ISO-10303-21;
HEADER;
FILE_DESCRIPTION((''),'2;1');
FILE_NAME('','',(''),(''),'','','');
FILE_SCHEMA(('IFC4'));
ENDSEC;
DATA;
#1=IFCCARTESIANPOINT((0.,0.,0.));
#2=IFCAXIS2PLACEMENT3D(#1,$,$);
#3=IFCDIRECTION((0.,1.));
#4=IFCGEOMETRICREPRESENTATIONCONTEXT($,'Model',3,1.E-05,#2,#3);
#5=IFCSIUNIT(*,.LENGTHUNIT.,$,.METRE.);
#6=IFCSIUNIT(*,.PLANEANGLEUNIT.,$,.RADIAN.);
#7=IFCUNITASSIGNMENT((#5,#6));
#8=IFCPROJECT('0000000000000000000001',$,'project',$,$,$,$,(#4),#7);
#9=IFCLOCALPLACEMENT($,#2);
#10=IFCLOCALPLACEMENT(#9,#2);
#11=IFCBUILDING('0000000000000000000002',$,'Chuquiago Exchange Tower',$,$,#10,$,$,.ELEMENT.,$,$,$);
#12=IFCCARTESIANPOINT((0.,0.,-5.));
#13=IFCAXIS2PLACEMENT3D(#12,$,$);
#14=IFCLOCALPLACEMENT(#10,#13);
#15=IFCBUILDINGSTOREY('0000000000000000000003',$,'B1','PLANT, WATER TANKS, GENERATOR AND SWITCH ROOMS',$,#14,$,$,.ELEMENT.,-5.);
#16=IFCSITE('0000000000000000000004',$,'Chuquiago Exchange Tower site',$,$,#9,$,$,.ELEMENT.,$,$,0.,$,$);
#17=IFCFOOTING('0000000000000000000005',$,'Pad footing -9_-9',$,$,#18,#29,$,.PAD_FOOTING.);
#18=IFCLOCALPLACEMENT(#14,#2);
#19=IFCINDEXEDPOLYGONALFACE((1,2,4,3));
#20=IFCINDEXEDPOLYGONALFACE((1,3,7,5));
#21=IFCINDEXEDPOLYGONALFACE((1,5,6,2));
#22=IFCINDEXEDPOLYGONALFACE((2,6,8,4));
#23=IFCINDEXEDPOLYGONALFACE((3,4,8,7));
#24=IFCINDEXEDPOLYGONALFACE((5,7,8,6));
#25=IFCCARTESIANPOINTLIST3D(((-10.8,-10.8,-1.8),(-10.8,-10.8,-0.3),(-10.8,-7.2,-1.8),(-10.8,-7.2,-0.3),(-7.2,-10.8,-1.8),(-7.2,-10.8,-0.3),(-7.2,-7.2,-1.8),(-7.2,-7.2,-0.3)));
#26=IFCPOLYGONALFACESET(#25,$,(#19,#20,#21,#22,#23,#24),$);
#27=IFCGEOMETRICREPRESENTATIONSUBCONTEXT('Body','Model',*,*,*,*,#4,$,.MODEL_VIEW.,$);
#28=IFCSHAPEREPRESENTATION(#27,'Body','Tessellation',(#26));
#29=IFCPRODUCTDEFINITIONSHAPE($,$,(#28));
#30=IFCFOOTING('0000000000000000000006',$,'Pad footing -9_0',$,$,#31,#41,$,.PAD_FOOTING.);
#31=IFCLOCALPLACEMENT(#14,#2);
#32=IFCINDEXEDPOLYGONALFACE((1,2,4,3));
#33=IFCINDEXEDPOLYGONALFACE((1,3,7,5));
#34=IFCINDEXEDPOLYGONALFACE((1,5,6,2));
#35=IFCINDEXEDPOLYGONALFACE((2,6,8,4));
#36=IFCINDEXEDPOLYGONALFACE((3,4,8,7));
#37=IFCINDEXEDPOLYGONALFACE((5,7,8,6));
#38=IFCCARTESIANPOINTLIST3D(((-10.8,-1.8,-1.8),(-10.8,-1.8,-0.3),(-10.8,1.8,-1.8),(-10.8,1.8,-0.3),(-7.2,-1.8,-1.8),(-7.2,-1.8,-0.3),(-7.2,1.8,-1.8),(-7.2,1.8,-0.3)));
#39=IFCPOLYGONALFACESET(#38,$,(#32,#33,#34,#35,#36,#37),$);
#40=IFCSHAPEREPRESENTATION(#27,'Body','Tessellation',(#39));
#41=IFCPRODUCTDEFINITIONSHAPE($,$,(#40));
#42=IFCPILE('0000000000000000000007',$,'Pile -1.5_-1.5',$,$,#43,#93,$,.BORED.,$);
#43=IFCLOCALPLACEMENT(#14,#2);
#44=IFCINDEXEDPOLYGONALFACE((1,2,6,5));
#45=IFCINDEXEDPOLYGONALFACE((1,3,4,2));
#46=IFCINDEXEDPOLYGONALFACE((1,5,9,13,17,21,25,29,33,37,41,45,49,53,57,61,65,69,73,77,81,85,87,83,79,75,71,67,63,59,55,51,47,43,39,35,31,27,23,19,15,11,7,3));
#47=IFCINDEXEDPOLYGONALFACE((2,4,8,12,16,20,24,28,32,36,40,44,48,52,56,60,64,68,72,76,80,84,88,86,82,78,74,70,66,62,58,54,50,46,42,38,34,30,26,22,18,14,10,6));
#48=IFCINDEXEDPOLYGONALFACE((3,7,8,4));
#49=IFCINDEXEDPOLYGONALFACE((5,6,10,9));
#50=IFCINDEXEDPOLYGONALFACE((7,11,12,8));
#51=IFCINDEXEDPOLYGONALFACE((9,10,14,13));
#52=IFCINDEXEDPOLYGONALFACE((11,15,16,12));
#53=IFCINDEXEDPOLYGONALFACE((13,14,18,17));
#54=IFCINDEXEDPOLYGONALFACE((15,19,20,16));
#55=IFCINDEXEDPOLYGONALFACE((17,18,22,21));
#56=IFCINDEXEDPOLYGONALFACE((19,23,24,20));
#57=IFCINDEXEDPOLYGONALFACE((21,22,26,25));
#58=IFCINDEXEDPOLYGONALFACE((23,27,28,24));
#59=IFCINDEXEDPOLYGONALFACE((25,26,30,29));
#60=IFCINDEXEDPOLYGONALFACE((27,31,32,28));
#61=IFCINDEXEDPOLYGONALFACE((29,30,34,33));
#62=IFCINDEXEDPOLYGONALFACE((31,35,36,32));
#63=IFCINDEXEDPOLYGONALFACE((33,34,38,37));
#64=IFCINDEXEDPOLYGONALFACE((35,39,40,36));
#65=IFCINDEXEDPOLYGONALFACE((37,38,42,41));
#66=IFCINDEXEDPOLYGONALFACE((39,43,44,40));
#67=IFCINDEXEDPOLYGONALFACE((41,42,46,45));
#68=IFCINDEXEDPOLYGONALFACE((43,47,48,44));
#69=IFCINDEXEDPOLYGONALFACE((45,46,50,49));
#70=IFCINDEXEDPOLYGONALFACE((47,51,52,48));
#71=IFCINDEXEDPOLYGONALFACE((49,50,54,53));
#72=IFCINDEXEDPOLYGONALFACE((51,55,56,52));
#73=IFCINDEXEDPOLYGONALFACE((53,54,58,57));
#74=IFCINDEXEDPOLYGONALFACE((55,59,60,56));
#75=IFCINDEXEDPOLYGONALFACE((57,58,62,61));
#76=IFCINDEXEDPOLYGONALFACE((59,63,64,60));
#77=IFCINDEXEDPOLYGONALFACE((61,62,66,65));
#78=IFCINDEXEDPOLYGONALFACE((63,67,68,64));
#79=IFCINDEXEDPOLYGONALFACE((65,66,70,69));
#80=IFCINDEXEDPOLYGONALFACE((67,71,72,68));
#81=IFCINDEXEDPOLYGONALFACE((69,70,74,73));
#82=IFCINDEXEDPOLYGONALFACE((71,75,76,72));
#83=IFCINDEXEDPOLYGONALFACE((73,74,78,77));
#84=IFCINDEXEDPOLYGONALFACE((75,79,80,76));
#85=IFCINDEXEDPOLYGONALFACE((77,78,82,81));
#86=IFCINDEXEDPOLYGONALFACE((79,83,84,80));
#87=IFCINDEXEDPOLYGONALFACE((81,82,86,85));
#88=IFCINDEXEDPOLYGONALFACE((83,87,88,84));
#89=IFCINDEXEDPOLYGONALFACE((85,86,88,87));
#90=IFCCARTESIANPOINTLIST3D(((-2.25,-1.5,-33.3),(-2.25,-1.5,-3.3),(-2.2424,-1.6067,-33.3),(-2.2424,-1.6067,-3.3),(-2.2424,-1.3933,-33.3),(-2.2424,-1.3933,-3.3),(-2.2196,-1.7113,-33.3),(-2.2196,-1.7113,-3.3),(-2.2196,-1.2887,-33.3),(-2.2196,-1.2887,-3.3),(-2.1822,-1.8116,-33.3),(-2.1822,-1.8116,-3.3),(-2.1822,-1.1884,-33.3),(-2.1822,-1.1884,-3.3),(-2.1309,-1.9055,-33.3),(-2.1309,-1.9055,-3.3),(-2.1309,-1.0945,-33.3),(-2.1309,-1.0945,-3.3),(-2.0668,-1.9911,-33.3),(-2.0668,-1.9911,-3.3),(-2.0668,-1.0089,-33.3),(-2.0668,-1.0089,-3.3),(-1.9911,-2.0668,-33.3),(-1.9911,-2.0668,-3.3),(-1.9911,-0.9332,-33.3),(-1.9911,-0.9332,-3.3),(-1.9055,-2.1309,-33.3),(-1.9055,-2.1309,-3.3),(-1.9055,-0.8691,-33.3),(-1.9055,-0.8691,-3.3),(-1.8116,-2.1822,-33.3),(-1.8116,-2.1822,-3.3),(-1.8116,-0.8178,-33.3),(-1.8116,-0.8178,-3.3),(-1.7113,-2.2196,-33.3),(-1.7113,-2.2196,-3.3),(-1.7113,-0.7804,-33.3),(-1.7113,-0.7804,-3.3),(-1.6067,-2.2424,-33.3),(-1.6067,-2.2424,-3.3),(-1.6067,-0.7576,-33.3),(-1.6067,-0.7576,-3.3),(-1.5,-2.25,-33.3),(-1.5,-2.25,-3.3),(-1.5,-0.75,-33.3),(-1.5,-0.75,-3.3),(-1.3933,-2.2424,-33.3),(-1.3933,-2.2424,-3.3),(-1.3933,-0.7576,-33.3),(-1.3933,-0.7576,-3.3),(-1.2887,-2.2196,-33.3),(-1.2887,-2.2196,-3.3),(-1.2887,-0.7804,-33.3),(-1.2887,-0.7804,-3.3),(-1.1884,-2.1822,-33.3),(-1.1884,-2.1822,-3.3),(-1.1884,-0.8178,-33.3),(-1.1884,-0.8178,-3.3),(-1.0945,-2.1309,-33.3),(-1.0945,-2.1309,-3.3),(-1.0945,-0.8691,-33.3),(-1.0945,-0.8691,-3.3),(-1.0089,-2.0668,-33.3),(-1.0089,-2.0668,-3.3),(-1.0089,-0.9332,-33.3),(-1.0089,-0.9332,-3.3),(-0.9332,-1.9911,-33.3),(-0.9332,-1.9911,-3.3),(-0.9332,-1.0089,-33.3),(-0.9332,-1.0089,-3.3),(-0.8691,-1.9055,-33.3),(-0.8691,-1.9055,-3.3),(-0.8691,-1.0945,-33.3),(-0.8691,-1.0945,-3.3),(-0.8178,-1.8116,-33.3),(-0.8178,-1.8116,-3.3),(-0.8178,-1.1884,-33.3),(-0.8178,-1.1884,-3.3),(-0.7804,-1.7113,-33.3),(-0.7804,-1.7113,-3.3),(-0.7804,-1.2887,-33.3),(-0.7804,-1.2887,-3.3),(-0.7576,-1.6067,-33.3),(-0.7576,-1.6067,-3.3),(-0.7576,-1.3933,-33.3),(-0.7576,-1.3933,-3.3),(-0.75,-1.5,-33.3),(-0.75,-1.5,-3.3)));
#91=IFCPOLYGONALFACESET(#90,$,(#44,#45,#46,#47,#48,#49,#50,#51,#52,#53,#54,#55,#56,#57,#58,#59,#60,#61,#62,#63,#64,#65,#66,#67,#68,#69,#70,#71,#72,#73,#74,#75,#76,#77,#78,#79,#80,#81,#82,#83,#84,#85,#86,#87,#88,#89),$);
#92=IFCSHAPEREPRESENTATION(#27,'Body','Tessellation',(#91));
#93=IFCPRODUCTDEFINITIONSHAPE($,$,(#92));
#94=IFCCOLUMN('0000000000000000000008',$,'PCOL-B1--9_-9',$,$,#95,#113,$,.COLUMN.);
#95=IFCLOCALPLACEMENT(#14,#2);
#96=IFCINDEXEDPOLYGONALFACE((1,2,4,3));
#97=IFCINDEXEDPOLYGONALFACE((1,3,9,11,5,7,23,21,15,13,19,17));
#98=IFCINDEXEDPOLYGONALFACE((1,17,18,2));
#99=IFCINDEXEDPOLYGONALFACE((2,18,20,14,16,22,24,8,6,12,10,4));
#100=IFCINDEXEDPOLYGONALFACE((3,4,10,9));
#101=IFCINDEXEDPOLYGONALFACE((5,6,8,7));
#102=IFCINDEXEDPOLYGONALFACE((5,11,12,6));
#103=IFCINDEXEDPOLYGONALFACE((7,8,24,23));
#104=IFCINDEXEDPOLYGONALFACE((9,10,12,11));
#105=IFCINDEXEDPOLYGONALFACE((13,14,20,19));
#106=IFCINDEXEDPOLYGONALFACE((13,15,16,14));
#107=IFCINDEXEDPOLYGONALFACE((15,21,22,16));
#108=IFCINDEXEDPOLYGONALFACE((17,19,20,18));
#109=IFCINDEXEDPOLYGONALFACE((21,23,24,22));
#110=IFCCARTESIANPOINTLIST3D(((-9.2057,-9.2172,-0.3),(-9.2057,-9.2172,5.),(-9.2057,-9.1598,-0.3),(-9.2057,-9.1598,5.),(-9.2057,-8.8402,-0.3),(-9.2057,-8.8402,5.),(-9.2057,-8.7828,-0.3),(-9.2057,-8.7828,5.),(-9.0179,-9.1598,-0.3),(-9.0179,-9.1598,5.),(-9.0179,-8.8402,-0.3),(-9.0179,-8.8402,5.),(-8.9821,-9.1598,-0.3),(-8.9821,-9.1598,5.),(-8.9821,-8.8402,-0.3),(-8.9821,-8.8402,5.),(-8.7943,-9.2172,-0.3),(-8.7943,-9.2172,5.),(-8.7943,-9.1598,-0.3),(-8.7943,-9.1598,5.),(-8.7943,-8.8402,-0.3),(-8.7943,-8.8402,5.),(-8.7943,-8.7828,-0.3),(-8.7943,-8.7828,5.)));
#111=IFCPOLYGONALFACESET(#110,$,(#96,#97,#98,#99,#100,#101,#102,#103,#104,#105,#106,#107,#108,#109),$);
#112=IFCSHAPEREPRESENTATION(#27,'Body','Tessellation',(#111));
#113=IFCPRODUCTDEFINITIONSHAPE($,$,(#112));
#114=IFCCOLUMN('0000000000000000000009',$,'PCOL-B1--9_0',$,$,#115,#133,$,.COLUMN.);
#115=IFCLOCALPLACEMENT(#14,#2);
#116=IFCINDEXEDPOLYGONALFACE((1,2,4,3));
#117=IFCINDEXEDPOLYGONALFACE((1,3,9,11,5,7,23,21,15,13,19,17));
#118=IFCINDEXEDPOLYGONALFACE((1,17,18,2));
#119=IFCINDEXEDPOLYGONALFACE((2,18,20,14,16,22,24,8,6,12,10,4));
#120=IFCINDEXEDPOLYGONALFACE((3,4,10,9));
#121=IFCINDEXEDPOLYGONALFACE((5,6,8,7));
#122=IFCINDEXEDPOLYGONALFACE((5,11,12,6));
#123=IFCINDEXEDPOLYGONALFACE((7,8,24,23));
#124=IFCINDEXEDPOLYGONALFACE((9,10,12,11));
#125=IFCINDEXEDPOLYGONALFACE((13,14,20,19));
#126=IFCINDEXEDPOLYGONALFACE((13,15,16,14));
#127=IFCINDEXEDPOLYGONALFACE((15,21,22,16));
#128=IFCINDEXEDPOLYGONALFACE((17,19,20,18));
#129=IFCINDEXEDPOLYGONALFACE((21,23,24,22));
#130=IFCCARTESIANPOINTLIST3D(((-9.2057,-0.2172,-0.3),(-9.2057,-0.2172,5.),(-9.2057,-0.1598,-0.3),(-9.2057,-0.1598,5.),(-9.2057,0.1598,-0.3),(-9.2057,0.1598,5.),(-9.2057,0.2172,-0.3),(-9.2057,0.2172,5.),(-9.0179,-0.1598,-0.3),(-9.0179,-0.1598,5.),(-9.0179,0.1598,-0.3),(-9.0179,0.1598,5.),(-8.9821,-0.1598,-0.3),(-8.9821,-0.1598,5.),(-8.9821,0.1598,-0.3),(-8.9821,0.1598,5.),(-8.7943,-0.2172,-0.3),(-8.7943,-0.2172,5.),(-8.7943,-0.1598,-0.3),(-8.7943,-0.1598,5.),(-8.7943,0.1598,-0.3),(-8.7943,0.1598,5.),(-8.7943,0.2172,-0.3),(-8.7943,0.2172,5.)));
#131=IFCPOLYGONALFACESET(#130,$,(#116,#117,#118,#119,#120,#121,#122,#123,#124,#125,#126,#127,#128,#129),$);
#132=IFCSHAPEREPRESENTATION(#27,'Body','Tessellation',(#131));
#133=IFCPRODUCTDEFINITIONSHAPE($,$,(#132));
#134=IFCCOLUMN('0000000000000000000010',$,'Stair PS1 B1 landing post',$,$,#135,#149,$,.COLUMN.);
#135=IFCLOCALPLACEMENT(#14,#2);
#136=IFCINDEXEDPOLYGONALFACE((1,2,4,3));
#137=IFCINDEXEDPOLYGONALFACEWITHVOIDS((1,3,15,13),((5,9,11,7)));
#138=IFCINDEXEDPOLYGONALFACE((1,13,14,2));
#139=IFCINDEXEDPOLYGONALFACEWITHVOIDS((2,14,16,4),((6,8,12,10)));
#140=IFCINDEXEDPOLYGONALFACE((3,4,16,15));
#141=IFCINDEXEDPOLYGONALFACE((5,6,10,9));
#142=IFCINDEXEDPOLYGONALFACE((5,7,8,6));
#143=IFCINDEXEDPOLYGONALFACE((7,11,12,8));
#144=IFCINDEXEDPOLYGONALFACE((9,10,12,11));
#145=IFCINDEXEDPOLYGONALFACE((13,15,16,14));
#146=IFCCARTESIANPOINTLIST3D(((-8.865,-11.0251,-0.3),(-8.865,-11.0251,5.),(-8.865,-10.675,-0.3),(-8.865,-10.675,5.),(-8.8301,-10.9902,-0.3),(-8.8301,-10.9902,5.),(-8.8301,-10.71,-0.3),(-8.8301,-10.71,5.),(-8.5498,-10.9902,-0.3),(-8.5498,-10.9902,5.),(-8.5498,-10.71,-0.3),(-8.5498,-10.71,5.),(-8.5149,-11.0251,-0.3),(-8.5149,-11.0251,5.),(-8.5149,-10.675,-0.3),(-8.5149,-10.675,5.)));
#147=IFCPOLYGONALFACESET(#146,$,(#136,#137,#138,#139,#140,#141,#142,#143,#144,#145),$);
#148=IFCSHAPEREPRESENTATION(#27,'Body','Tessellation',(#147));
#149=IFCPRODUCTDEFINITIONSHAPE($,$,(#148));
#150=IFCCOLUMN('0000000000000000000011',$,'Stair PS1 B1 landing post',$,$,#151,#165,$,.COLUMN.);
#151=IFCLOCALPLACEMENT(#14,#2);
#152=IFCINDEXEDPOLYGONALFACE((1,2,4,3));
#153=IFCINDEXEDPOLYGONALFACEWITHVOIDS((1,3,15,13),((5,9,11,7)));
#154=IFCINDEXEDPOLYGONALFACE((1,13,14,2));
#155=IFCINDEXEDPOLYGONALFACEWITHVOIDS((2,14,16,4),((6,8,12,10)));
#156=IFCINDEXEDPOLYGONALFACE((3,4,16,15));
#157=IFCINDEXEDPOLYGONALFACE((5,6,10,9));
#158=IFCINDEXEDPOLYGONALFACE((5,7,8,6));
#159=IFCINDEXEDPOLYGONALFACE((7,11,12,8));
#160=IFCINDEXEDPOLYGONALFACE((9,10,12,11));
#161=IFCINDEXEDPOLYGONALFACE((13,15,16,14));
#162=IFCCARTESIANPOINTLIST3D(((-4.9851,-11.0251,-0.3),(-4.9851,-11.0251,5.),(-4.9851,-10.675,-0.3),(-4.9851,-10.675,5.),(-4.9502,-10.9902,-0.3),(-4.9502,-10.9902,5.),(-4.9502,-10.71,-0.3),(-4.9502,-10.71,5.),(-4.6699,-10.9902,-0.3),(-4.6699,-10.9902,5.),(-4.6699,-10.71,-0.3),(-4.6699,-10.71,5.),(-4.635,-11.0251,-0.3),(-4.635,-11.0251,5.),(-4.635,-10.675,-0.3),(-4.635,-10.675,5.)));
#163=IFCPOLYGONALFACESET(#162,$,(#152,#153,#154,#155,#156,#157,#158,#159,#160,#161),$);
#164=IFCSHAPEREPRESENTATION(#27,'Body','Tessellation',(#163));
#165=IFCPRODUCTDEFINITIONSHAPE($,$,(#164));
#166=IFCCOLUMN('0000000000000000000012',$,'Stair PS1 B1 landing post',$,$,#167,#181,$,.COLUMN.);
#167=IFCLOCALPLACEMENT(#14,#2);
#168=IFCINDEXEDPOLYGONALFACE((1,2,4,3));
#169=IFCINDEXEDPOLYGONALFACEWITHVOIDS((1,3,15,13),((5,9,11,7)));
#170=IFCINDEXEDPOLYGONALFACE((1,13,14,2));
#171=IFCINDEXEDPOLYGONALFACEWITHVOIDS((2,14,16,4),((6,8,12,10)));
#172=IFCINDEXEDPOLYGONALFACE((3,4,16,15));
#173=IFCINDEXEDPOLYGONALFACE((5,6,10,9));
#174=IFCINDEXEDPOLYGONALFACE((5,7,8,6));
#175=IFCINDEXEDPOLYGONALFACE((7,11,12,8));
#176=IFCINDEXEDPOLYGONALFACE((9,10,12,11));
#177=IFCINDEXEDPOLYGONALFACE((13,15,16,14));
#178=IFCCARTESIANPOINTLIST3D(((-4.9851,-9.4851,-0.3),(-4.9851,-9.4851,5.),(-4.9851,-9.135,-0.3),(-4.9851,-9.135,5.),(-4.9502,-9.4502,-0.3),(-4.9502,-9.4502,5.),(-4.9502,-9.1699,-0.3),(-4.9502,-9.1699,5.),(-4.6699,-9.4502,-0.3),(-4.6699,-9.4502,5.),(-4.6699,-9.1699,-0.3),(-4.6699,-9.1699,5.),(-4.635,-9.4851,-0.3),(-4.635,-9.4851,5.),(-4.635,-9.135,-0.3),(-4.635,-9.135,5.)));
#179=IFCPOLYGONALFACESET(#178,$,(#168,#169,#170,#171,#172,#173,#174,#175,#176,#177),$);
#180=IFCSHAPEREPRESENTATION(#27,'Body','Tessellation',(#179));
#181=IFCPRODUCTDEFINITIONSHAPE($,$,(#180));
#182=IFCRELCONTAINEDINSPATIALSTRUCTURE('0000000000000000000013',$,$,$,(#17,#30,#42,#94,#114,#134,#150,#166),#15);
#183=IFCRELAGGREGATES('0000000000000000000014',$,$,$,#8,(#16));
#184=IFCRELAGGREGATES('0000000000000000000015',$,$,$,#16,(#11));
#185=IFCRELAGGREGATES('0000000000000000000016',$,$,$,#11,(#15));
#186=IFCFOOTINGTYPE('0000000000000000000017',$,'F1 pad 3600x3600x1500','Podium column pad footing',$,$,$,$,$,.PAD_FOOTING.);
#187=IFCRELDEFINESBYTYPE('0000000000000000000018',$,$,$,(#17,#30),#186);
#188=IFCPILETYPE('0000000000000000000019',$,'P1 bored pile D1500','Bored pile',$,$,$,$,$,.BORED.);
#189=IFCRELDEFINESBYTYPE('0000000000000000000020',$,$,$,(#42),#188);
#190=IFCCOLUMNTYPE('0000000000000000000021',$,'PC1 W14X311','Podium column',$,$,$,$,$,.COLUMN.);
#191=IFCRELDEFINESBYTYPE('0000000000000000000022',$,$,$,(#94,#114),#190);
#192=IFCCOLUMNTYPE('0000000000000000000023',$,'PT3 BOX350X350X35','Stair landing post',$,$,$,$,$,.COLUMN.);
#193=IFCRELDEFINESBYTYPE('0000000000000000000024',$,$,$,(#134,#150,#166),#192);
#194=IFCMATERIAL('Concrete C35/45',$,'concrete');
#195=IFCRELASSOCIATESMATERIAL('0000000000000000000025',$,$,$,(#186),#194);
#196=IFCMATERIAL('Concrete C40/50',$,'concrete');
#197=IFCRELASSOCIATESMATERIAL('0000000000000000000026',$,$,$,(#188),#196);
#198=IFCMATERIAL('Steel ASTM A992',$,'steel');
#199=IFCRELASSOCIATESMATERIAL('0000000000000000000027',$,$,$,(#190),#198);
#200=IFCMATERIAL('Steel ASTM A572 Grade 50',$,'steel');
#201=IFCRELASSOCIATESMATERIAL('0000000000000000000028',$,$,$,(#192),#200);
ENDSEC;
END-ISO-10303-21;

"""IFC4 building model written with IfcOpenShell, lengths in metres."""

from ifc_helpers import new_model, si_unit, direction, frame, origin, origin_2d, place, context, subcontext, project, spatial, rectangle, hollow_rectangle, circle, i_section, extrude, material, material_profile, profile_set, type_object, element, save


model = new_model("IFC4")

# Units and contexts
model_context = context("Model", 3, precision=1e-05, world=origin(), true_north=direction((0.0, 1.0)))
body_context = subcontext(model_context, "Body", "Model", "MODEL_VIEW")
ifc_project = project(units=[si_unit("LENGTHUNIT", "METRE"), si_unit("PLANEANGLEUNIT", "RADIAN")], contexts=[model_context])

# Site, building, storey
site_placement = place(None, origin())
site = spatial("IfcSite", under=ifc_project, at=site_placement, Name="Chuquiago Exchange Tower site", CompositionType="ELEMENT", RefElevation=0.0)
building_placement = place(site_placement, origin())
building = spatial("IfcBuilding", under=site, at=building_placement, Name="Chuquiago Exchange Tower", CompositionType="ELEMENT")
storey_placement = place(building_placement, frame((0.0, 0.0, -5.0)))
storey = spatial("IfcBuildingStorey", under=building, at=storey_placement, Name="B1", Description="PLANT, WATER TANKS, GENERATOR AND SWITCH ROOMS", CompositionType="ELEMENT", Elevation=-5.0)

# Footings
ifc_material_1 = material(Name="Concrete C35/45", Category="concrete")
footing_type = type_object("IfcFootingType", Name="F1 pad 3600x3600x1500", Description="Podium column pad footing", PredefinedType="PAD_FOOTING", material=ifc_material_1)
for number, where, z_axis, x_axis, name in (
    (1, (-9.0, -9.0, -1.8), (0.0, 0.0, 1.0), (1.0, 0.0, 0.0), "Pad footing -9_-9"),
    (2, (-9.0, 0.0, -1.8), (0.0, 0.0, 1.0), (1.0, 0.0, 0.0), "Pad footing -9_0"),
):
    element("IfcFooting", number, at=place(storey_placement, frame(where, z_axis=z_axis, x_axis=x_axis)), inside=storey, type_object=footing_type, Name=name, PredefinedType="PAD_FOOTING", context=body_context, shape_type="SweptSolid", body=[
        extrude(rectangle(XDim=3.6001, YDim=3.6001, at=origin_2d()), origin(), (0.0, 0.0, 1.0), 1.5),
    ])

# Pile
ifc_material_2 = material(Name="Concrete C40/50", Category="concrete")
ifc_material_profile_1 = material_profile(ifc_material_2, circle(Radius=0.75, at=origin_2d()), Name="D1500")
ifc_profile_set_1 = profile_set([ifc_material_profile_1], Name="Concrete C40/50")
pile_type = type_object("IfcPileType", Name="P1 bored pile D1500", Description="Bored pile", PredefinedType="BORED", material=ifc_profile_set_1)
pile_placement = place(storey_placement, frame((-1.5, -1.5, -3.3), z_axis=(0.0, 0.0, -1.0), x_axis=(1.0, 0.0, 0.0)))
element("IfcPile", 3, at=pile_placement, inside=storey, type_object=pile_type, Name="Pile -1.5_-1.5", PredefinedType="BORED", context=body_context, shape_type="SweptSolid", body=[
    extrude(circle(Radius=0.75, at=origin_2d()), origin(), (0.0, 0.0, 1.0), 30.0),
])

# Columns
ifc_material_3 = material(Name="Steel ASTM A992", Category="steel")
ifc_material_profile_2 = material_profile(ifc_material_3, i_section(OverallWidth=0.4114, OverallDepth=0.4343, WebThickness=0.0359, FlangeThickness=0.0574, at=origin_2d()), Name="W14X311")
ifc_profile_set_2 = profile_set([ifc_material_profile_2], Name="Steel ASTM A992")
column_type_1 = type_object("IfcColumnType", Name="PC1 W14X311", Description="Podium column", PredefinedType="COLUMN", material=ifc_profile_set_2)
for number, where, z_axis, x_axis, name in (
    (4, (-9.0, -9.0, -0.3), (0.0, 0.0, 1.0), (1.0, 0.0, 0.0), "PCOL-B1--9_-9"),
    (5, (-9.0, 0.0, -0.3), (0.0, 0.0, 1.0), (1.0, 0.0, 0.0), "PCOL-B1--9_0"),
):
    element("IfcColumn", number, at=place(storey_placement, frame(where, z_axis=z_axis, x_axis=x_axis)), inside=storey, type_object=column_type_1, Name=name, PredefinedType="COLUMN", context=body_context, shape_type="SweptSolid", body=[
        extrude(i_section(OverallWidth=0.4114, OverallDepth=0.4343, WebThickness=0.0359, FlangeThickness=0.0574, at=origin_2d()), origin(), (0.0, 0.0, 1.0), 5.3),
    ])
ifc_material_4 = material(Name="Steel ASTM A572 Grade 50", Category="steel")
ifc_material_profile_3 = material_profile(ifc_material_4, hollow_rectangle(XDim=0.3501, YDim=0.3501, WallThickness=0.0349, at=origin_2d()), Name="BOX350X350X35")
ifc_profile_set_3 = profile_set([ifc_material_profile_3], Name="Steel ASTM A572 Grade 50")
column_type_2 = type_object("IfcColumnType", Name="PT3 BOX350X350X35", Description="Stair landing post", PredefinedType="COLUMN", material=ifc_profile_set_3)
for number, where, z_axis, x_axis, name in (
    (6, (-8.6899, -10.8501, -0.3), (0.0, 0.0, 1.0), (1.0, 0.0, 0.0), "Stair PS1 B1 landing post"),
    (7, (-4.8101, -10.8501, -0.3), (0.0, 0.0, 1.0), (1.0, 0.0, 0.0), "Stair PS1 B1 landing post"),
    (8, (-4.8101, -9.3101, -0.3), (0.0, 0.0, 1.0), (1.0, 0.0, 0.0), "Stair PS1 B1 landing post"),
):
    element("IfcColumn", number, at=place(storey_placement, frame(where, z_axis=z_axis, x_axis=x_axis)), inside=storey, type_object=column_type_2, Name=name, PredefinedType="COLUMN", context=body_context, shape_type="SweptSolid", body=[
        extrude(hollow_rectangle(XDim=0.3501, YDim=0.3501, WallThickness=0.0349, at=origin_2d()), origin(), (0.0, 0.0, 1.0), 5.3),
    ])

save(model, "model.ifc")
